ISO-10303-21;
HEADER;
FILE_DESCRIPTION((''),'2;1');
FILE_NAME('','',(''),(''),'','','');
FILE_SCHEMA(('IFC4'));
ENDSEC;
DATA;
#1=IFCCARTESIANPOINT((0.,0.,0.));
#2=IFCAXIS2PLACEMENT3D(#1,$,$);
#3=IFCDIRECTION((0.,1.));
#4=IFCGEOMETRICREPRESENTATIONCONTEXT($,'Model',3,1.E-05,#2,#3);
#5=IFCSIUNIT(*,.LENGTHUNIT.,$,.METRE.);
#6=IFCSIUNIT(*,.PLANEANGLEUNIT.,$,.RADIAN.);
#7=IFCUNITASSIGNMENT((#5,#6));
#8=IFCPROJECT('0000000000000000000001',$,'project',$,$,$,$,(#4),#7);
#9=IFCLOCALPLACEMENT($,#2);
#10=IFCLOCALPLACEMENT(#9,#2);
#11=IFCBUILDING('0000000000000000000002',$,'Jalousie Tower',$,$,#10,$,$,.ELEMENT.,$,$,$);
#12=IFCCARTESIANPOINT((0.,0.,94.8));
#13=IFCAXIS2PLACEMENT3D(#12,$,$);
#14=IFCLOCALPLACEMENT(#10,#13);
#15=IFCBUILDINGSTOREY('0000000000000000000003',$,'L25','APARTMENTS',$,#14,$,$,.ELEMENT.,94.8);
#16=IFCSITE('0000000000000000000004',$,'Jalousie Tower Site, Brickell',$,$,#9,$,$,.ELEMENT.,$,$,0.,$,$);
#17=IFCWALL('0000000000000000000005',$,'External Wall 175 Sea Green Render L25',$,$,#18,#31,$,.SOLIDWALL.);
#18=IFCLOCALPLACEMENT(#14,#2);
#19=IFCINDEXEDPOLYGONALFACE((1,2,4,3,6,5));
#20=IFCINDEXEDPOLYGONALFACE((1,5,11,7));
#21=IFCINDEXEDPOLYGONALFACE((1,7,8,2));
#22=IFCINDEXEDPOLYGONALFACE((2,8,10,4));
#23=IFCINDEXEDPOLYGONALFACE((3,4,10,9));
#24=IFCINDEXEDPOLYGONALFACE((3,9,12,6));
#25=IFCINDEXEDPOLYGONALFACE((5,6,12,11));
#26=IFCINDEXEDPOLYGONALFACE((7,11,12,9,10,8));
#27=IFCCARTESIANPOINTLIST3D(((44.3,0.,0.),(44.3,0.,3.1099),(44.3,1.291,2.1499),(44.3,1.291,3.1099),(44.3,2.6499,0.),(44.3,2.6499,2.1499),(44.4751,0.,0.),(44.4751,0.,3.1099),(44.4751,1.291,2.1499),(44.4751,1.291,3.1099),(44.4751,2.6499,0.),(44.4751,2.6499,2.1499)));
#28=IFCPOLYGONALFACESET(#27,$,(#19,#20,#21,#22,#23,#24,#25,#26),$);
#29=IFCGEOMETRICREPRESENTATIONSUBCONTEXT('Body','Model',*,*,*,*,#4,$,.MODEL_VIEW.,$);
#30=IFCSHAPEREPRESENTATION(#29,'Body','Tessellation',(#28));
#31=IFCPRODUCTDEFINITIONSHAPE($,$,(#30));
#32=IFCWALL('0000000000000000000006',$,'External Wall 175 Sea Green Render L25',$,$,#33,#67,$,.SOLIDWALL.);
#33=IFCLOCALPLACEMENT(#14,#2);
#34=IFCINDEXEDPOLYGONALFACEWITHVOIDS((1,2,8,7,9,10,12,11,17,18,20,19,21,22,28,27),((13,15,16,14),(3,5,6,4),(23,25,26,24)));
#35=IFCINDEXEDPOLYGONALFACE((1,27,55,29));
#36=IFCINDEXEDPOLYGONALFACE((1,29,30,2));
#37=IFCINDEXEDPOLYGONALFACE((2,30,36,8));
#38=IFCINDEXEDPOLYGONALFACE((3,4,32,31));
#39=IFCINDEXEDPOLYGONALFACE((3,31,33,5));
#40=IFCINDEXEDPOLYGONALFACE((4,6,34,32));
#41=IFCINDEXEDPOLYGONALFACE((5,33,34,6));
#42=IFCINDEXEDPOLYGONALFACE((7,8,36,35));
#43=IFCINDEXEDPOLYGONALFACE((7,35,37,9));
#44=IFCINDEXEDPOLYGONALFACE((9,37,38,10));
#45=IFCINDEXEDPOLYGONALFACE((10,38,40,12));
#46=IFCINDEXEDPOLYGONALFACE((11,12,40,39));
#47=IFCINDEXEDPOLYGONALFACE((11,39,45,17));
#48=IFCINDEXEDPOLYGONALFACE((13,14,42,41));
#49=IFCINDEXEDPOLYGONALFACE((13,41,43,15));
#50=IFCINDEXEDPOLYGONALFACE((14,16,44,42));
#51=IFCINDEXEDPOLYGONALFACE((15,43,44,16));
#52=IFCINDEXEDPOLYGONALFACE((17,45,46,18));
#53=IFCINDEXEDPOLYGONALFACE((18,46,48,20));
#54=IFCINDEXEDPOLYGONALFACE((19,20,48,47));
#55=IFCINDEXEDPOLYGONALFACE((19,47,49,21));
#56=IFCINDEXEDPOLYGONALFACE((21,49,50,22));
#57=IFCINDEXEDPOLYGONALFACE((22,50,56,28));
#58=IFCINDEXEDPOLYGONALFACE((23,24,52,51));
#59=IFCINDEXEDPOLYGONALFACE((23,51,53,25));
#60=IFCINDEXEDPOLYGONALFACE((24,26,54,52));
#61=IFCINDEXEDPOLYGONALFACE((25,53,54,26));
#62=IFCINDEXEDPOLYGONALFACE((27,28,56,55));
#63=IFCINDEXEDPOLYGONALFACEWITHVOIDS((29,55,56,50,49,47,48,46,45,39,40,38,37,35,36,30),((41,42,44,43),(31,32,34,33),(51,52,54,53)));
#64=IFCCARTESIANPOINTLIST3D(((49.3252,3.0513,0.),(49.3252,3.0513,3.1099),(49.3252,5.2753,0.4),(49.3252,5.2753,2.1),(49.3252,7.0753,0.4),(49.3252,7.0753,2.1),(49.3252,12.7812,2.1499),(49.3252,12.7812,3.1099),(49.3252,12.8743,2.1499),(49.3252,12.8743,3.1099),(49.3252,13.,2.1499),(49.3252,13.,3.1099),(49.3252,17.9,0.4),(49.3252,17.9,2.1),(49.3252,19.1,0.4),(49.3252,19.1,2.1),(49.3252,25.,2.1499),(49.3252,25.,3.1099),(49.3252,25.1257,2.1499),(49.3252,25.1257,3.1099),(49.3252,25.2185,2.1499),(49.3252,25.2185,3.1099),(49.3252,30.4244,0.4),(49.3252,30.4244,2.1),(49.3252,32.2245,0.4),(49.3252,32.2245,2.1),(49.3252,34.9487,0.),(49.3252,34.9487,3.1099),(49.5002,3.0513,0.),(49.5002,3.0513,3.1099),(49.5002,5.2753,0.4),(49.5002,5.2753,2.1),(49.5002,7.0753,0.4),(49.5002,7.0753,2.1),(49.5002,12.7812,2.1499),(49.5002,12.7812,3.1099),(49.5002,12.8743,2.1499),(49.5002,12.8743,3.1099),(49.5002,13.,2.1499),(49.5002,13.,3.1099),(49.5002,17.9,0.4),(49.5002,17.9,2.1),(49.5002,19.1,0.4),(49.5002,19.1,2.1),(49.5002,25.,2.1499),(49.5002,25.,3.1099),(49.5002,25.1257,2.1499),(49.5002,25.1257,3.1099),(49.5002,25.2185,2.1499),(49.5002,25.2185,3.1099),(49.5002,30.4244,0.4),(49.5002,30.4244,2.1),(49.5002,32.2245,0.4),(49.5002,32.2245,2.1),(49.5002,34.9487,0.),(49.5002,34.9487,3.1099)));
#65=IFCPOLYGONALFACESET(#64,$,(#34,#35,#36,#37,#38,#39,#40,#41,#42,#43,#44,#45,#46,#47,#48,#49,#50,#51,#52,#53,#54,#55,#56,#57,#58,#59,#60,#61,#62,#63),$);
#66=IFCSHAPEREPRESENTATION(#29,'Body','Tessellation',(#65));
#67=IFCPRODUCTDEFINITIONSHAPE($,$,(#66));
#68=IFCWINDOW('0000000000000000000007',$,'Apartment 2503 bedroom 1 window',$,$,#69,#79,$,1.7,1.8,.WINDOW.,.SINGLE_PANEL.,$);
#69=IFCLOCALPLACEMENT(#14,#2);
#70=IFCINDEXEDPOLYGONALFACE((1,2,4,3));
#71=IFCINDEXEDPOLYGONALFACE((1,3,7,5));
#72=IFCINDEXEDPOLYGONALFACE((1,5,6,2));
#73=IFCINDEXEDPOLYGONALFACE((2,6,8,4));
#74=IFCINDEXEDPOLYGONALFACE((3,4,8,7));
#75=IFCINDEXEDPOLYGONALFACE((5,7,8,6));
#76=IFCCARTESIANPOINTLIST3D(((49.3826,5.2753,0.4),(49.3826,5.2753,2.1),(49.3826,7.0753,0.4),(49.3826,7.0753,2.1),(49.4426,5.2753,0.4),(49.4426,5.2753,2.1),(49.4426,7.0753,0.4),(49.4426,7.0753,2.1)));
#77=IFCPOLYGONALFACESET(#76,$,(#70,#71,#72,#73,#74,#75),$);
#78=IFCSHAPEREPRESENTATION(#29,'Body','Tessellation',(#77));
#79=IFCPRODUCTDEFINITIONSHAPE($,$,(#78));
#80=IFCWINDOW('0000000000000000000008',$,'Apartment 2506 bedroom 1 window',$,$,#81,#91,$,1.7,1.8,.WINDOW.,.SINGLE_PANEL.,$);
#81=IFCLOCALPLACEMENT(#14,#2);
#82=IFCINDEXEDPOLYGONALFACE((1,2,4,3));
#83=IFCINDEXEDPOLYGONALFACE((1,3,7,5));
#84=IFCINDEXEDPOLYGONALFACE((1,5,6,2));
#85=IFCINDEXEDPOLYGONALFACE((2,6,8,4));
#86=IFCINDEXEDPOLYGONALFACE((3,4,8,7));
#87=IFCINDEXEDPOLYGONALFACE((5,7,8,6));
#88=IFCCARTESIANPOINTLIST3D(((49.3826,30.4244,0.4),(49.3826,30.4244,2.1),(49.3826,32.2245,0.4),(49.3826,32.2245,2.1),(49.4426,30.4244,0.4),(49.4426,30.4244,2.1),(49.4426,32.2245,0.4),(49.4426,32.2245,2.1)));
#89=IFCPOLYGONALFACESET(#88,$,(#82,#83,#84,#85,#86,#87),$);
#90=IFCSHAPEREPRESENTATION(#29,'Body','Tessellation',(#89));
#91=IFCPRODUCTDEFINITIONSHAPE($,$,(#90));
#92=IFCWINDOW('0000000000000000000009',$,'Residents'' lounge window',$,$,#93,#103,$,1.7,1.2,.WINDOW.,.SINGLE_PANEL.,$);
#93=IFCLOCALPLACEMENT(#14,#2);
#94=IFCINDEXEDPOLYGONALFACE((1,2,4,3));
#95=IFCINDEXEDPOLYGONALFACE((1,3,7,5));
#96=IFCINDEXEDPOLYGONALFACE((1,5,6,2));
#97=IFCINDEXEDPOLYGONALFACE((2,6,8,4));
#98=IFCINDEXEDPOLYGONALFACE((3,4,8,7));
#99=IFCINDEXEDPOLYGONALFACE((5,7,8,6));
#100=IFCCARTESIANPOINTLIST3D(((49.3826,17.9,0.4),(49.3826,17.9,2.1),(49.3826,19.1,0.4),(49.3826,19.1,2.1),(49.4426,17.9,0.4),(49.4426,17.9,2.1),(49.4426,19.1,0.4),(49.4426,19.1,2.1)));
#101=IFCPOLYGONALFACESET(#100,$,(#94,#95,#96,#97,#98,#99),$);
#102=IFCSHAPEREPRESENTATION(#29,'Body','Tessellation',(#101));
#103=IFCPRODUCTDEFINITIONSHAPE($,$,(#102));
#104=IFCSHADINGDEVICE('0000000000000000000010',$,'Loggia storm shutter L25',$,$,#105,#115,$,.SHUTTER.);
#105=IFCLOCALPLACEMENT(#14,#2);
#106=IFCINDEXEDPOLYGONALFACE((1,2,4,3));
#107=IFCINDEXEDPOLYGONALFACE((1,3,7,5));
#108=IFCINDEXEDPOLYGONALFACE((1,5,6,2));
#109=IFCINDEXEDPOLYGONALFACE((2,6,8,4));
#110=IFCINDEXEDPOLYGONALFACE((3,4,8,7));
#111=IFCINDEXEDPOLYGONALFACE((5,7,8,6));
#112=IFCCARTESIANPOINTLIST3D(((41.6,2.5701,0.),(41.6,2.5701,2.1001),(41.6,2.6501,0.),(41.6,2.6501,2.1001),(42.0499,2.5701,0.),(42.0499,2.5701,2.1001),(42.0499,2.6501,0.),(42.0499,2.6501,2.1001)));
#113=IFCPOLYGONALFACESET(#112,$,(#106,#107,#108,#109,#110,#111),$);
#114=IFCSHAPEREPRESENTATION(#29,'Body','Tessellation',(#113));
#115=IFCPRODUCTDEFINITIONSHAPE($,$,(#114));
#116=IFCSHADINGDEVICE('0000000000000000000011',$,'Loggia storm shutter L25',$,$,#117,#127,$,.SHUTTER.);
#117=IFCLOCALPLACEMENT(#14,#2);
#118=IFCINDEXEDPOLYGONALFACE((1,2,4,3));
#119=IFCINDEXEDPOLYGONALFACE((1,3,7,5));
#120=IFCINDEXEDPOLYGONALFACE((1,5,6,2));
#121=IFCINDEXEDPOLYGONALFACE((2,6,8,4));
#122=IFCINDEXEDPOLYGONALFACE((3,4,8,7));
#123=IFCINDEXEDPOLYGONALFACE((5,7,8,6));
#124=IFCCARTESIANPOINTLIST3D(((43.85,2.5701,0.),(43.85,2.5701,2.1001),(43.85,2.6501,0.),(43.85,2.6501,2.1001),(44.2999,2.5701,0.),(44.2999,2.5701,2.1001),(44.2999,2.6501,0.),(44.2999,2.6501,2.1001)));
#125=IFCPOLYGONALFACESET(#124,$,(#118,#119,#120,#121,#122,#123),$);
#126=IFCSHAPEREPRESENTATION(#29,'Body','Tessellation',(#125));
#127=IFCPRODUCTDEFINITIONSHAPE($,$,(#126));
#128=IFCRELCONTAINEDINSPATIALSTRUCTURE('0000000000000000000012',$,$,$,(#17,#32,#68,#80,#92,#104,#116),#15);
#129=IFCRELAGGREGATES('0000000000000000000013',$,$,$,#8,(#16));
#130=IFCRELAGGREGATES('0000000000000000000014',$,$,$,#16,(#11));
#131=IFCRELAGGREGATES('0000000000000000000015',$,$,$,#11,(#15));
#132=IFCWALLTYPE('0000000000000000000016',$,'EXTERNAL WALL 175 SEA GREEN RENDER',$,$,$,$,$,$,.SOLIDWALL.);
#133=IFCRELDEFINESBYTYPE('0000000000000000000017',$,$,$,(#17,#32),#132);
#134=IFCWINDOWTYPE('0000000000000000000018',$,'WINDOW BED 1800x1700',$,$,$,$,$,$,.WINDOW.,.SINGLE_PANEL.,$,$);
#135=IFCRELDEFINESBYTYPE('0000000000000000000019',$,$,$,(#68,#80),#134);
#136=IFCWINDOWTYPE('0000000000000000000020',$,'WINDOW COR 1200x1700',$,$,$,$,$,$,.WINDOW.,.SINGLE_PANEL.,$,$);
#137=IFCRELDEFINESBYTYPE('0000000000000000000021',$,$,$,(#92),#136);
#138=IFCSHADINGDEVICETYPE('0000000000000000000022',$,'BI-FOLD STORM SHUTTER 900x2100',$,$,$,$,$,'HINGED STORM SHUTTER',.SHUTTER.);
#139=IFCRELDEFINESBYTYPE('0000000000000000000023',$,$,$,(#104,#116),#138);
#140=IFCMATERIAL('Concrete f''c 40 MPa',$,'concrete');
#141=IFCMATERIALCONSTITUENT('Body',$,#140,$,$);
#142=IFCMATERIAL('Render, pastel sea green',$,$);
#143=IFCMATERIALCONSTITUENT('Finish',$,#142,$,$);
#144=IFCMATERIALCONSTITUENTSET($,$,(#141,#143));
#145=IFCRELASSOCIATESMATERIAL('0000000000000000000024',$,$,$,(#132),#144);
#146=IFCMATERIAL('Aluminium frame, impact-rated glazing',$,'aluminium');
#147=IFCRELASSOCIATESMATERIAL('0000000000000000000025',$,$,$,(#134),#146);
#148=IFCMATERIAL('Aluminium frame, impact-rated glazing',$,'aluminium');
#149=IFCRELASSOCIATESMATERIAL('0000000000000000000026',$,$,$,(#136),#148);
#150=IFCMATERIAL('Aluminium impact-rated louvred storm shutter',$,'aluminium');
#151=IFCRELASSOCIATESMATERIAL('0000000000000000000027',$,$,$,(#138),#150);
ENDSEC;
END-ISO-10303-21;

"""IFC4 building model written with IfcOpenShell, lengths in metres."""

from ifc_helpers import new_model, si_unit, direction, frame, frame_2d, origin, origin_2d, place, context, subcontext, project, spatial, polyline, rectangle, outline, extrude, material, constituent, constituent_set, type_object, element, fill, save


model = new_model("IFC4")

# Units and contexts
model_context = context("Model", 3, precision=1e-05, world=origin(), true_north=direction((0.0, 1.0)))
body_context = subcontext(model_context, "Body", "Model", "MODEL_VIEW")
ifc_project = project(units=[si_unit("LENGTHUNIT", "METRE"), si_unit("PLANEANGLEUNIT", "RADIAN")], contexts=[model_context])

# Site, building, storey
site_placement = place(None, origin())
site = spatial("IfcSite", under=ifc_project, at=site_placement, Name="Jalousie Tower Site, Brickell", CompositionType="ELEMENT", RefElevation=0.0)
building_placement = place(site_placement, origin())
building = spatial("IfcBuilding", under=site, at=building_placement, Name="Jalousie Tower", CompositionType="ELEMENT")
storey_placement = place(building_placement, frame((0.0, 0.0, 94.8)))
storey = spatial("IfcBuildingStorey", under=building, at=storey_placement, Name="L25", Description="APARTMENTS", CompositionType="ELEMENT", Elevation=94.8)

# Shared definitions
ifc_material_1 = material(Name="Concrete f'c 40 MPa", Category="concrete")
ifc_constituent_1 = constituent(ifc_material_1, Name="Body")
ifc_material_2 = material(Name="Render, pastel sea green")
ifc_constituent_2 = constituent(ifc_material_2, Name="Finish")
ifc_constituent_set = constituent_set(constituents=[ifc_constituent_1, ifc_constituent_2])
wall_type = type_object("IfcWallType", Name="EXTERNAL WALL 175 SEA GREEN RENDER", PredefinedType="SOLIDWALL", material=ifc_constituent_set)

# Wall
wall_1_placement = place(storey_placement, frame((44.3875, 0.0, 0.0), z_axis=(0.0, 0.0, 1.0), x_axis=(0.0, 1.0, 0.0)))
element("IfcWall", 1, at=wall_1_placement, inside=storey, type_object=wall_type, Name="External Wall 175 Sea Green Render L25", PredefinedType="SOLIDWALL", context=body_context, shape_type="SweptSolid", body=[
    extrude(outline(polyline([(0.0, 0.0), (2.6499, 0.0), (2.6499, 2.1499), (1.291, 2.1499), (1.291, 3.1099), (0.0, 3.1099), (0.0, 0.0)])), frame((0.0, 0.0874, 0.0), z_axis=(0.0, -1.0, 0.0), x_axis=(1.0, 0.0, 0.0)), (0.0, 0.0, 1.0), 0.175),
])

# Wall, openings, windows
wall_2_placement = place(storey_placement, frame((49.4126, 3.0513, 0.0), z_axis=(0.0, 0.0, 1.0), x_axis=(0.0, 1.0, 0.0)))
wall_2 = element("IfcWall", 2, at=wall_2_placement, inside=storey, type_object=wall_type, Name="External Wall 175 Sea Green Render L25", PredefinedType="SOLIDWALL", context=body_context, shape_type="SweptSolid", body=[
    extrude(outline(polyline([(0.0, 0.0), (31.8975, 0.0), (31.8975, 3.1099), (22.1672, 3.1099), (22.1672, 2.1499), (22.0745, 2.1499), (22.0745, 3.1099), (21.9487, 3.1099), (21.9487, 2.1499), (9.9487, 2.1499), (9.9487, 3.1099), (9.823, 3.1099), (9.823, 2.1499), (9.73, 2.1499), (9.73, 3.1099), (0.0, 3.1099), (0.0, 0.0)])), frame((0.0, 0.0874, 0.0), z_axis=(0.0, -1.0, 0.0), x_axis=(1.0, 0.0, 0.0)), (0.0, 0.0, 1.0), 0.175),
])
opening_1_placement = place(wall_2_placement, frame((2.2241, 0.0, 0.3999)))
opening_1 = element("IfcOpeningElement", 3, at=opening_1_placement, cuts=wall_2, PredefinedType="OPENING", context=body_context, shape_type="SweptSolid", body=[
    extrude(rectangle(XDim=1.8, YDim=1.7, at=frame_2d((0.8999, 0.8501))), frame((0.0, 0.0974, 0.0), z_axis=(0.0, -1.0, 0.0), x_axis=(1.0, 0.0, 0.0)), (0.0, 0.0, 1.0), 0.1951),
])
opening_2_placement = place(wall_2_placement, frame((14.8486, 0.0, 0.3999)))
opening_2 = element("IfcOpeningElement", 4, at=opening_2_placement, cuts=wall_2, PredefinedType="OPENING", context=body_context, shape_type="SweptSolid", body=[
    extrude(rectangle(XDim=1.2, YDim=1.7, at=frame_2d((0.6001, 0.8501))), frame((0.0, 0.0974, 0.0), z_axis=(0.0, -1.0, 0.0), x_axis=(1.0, 0.0, 0.0)), (0.0, 0.0, 1.0), 0.1951),
])
opening_3_placement = place(wall_2_placement, frame((27.3733, 0.0, 0.3999)))
opening_3 = element("IfcOpeningElement", 5, at=opening_3_placement, cuts=wall_2, PredefinedType="OPENING", context=body_context, shape_type="SweptSolid", body=[
    extrude(rectangle(XDim=1.8, YDim=1.7, at=frame_2d((0.8999, 0.8501))), frame((0.0, 0.0974, 0.0), z_axis=(0.0, -1.0, 0.0), x_axis=(1.0, 0.0, 0.0)), (0.0, 0.0, 1.0), 0.1951),
])
ifc_material_3 = material(Name="Aluminium frame, impact-rated glazing", Category="aluminium")
window_type_1 = type_object("IfcWindowType", Name="WINDOW BED 1800x1700", PartitioningType="SINGLE_PANEL", PredefinedType="WINDOW", material=ifc_material_3)
window_1_placement = place(opening_1_placement, origin())
window_1 = element("IfcWindow", 6, at=window_1_placement, inside=storey, type_object=window_type_1, Name="Apartment 2503 bedroom 1 window", OverallHeight=1.7, OverallWidth=1.8, PartitioningType="SINGLE_PANEL", PredefinedType="WINDOW", context=body_context, shape_type="SweptSolid", body=[
    extrude(rectangle(XDim=1.8, YDim=1.7, at=frame_2d((0.8999, 0.8501))), frame((0.0, 0.03, 0.0), z_axis=(0.0, -1.0, 0.0), x_axis=(1.0, 0.0, 0.0)), (0.0, 0.0, 1.0), 0.0601),
])
fill(opening_1, window_1)
window_2_placement = place(opening_3_placement, origin())
window_2 = element("IfcWindow", 7, at=window_2_placement, inside=storey, type_object=window_type_1, Name="Apartment 2506 bedroom 1 window", OverallHeight=1.7, OverallWidth=1.8, PartitioningType="SINGLE_PANEL", PredefinedType="WINDOW", context=body_context, shape_type="SweptSolid", body=[
    extrude(rectangle(XDim=1.8, YDim=1.7, at=frame_2d((0.8999, 0.8501))), frame((0.0, 0.03, 0.0), z_axis=(0.0, -1.0, 0.0), x_axis=(1.0, 0.0, 0.0)), (0.0, 0.0, 1.0), 0.0601),
])
fill(opening_3, window_2)
ifc_material_4 = material(Name="Aluminium frame, impact-rated glazing", Category="aluminium")
window_type_2 = type_object("IfcWindowType", Name="WINDOW COR 1200x1700", PartitioningType="SINGLE_PANEL", PredefinedType="WINDOW", material=ifc_material_4)
window_3_placement = place(opening_2_placement, origin())
window_3 = element("IfcWindow", 8, at=window_3_placement, inside=storey, type_object=window_type_2, Name="Residents' lounge window", OverallHeight=1.7, OverallWidth=1.2, PartitioningType="SINGLE_PANEL", PredefinedType="WINDOW", context=body_context, shape_type="SweptSolid", body=[
    extrude(rectangle(XDim=1.2, YDim=1.7, at=frame_2d((0.6001, 0.8501))), frame((0.0, 0.03, 0.0), z_axis=(0.0, -1.0, 0.0), x_axis=(1.0, 0.0, 0.0)), (0.0, 0.0, 1.0), 0.0601),
])
fill(opening_2, window_3)

# Shading devices
ifc_material_5 = material(Name="Aluminium impact-rated louvred storm shutter", Category="aluminium")
shading_device_type_1 = type_object("IfcShadingDeviceType", Name="BI-FOLD STORM SHUTTER 900x2100", ElementType="HINGED STORM SHUTTER", PredefinedType="SHUTTER", material=ifc_material_5)
for number, where, z_axis, x_axis, name in (
    (9, (41.825, 2.6101, 0.0), (0.0, 0.0, 1.0), (1.0, 0.0, 0.0), "Loggia storm shutter L25"),
    (10, (44.075, 2.6101, 0.0), (0.0, 0.0, 1.0), (1.0, 0.0, 0.0), "Loggia storm shutter L25"),
):
    element("IfcShadingDevice", number, at=place(storey_placement, frame(where, z_axis=z_axis, x_axis=x_axis)), inside=storey, type_object=shading_device_type_1, Name=name, PredefinedType="SHUTTER", context=body_context, shape_type="SweptSolid", body=[
        extrude(rectangle(XDim=0.45, YDim=0.0801, at=origin_2d()), origin(), (0.0, 0.0, 1.0), 2.1001),
    ])

save(model, "model.ifc")
